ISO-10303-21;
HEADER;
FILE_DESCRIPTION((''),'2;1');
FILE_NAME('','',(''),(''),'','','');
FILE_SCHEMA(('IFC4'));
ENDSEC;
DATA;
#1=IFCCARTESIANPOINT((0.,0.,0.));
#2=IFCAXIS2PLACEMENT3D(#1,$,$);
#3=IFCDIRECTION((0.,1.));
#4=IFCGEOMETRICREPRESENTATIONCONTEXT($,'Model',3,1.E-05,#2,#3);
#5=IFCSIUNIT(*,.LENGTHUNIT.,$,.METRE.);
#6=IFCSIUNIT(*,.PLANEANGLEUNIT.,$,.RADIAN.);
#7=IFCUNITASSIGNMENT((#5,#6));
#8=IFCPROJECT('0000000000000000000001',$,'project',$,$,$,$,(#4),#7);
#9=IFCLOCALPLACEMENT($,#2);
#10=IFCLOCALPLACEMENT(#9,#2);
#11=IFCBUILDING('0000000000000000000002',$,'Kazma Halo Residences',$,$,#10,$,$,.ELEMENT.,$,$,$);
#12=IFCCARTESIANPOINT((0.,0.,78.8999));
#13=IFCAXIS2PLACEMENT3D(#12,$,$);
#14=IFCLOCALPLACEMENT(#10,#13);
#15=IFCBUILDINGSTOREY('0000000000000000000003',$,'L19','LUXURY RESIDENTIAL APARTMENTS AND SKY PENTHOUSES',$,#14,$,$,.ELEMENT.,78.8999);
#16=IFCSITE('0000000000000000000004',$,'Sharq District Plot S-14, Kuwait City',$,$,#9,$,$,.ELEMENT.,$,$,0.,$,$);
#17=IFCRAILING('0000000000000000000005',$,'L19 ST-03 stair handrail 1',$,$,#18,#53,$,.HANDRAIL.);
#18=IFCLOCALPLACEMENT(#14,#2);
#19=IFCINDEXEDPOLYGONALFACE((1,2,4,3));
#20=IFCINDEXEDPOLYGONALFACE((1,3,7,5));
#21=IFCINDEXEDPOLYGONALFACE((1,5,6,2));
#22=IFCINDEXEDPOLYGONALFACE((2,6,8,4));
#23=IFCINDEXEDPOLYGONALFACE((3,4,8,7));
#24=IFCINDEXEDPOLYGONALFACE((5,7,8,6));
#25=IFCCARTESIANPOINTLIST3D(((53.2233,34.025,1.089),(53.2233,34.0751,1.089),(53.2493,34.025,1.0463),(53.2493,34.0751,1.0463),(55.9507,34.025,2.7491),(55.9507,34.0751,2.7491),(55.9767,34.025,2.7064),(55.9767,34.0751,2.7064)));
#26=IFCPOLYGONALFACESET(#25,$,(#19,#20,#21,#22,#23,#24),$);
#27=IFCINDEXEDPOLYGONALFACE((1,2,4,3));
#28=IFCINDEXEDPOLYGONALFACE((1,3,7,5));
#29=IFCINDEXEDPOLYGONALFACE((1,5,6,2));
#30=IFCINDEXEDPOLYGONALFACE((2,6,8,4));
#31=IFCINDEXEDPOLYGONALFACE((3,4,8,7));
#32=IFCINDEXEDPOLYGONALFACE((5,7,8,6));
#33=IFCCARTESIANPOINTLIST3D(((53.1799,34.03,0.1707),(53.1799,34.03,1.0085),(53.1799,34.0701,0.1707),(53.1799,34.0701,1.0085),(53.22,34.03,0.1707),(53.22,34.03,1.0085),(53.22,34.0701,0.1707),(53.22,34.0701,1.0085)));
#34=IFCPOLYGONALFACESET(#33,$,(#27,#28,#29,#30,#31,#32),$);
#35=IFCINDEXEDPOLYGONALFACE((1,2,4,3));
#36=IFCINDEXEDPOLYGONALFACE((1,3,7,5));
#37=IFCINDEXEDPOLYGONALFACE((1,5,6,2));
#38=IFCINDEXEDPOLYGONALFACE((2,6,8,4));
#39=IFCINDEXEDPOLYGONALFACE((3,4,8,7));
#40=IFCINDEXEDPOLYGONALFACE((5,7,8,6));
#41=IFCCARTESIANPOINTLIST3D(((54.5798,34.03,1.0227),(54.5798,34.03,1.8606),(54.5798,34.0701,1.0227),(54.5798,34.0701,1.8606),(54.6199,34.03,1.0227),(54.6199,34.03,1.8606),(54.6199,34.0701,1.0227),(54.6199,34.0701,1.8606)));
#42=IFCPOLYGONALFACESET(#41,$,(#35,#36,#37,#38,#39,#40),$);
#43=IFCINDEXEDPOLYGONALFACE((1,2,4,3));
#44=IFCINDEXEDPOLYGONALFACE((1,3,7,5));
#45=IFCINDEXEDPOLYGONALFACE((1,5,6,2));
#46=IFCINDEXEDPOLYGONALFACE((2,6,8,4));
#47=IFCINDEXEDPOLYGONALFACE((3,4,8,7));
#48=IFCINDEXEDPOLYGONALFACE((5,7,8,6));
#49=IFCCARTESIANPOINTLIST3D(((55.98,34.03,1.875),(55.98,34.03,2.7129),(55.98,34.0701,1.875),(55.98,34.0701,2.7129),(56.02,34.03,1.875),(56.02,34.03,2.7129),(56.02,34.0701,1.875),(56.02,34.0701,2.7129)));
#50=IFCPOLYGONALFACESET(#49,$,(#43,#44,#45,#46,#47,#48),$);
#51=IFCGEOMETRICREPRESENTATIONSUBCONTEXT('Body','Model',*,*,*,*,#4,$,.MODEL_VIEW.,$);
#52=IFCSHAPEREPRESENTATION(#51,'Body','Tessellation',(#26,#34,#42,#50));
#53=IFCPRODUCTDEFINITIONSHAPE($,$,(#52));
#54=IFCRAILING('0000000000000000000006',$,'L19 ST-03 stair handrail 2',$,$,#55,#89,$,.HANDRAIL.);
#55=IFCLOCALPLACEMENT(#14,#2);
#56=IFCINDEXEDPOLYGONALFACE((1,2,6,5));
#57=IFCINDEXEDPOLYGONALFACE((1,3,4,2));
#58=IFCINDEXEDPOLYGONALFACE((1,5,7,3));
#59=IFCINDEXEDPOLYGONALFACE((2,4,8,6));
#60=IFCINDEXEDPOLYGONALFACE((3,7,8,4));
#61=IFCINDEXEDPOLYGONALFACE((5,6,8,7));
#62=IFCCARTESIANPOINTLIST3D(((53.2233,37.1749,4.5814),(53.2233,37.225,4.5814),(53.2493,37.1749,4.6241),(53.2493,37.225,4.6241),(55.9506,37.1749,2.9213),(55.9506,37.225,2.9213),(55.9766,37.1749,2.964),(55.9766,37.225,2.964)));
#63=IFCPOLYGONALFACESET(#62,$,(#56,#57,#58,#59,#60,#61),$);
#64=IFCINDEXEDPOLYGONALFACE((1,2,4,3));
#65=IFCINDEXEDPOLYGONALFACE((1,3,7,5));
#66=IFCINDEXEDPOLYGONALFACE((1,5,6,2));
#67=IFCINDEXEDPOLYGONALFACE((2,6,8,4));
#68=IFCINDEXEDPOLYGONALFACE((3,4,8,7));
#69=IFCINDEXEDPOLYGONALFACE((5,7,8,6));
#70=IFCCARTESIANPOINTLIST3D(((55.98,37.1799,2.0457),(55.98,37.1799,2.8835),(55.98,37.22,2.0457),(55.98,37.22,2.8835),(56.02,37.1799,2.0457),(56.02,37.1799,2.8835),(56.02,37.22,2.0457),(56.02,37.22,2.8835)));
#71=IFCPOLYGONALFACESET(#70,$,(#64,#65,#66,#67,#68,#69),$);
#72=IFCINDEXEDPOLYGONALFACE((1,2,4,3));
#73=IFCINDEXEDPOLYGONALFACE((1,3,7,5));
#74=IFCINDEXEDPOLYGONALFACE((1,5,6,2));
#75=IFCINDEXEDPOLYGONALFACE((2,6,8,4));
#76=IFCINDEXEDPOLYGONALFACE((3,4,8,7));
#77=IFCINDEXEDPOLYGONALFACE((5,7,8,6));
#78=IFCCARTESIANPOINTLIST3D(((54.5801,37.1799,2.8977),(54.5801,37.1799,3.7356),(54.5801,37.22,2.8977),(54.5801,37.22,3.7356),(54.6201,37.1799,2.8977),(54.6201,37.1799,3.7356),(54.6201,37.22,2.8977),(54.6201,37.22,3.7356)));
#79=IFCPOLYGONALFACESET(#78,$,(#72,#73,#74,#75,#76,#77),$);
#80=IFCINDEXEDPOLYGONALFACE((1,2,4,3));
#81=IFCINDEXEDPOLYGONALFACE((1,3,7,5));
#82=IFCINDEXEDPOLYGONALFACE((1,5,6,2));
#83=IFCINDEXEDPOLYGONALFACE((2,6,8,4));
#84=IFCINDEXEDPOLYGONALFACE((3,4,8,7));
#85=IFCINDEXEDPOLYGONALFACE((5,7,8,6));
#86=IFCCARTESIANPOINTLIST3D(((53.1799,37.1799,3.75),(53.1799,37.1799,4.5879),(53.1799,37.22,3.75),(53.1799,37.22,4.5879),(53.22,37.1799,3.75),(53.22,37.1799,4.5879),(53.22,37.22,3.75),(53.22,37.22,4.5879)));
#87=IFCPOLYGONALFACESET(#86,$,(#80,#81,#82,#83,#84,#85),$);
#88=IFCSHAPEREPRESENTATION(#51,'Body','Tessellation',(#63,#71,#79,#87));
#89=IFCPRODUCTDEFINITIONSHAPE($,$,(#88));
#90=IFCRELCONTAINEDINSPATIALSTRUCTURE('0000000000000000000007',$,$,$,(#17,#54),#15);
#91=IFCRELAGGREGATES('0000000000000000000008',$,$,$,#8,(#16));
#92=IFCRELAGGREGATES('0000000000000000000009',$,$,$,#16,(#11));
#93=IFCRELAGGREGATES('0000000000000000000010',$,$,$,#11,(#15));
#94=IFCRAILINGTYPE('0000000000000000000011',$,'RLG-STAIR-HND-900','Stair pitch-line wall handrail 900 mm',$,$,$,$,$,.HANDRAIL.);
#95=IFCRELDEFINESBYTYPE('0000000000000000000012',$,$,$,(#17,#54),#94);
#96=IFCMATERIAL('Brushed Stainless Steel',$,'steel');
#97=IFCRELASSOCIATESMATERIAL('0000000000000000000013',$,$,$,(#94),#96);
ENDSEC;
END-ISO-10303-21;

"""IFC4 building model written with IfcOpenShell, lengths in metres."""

from ifc_helpers import new_model, si_unit, direction, frame, origin, origin_2d, place, context, subcontext, project, spatial, rectangle, extrude, material, type_object, element, save


model = new_model("IFC4")

# Units and contexts
model_context = context("Model", 3, precision=1e-05, world=origin(), true_north=direction((0.0, 1.0)))
body_context = subcontext(model_context, "Body", "Model", "MODEL_VIEW")
ifc_project = project(units=[si_unit("LENGTHUNIT", "METRE"), si_unit("PLANEANGLEUNIT", "RADIAN")], contexts=[model_context])

# Site, building, storey
site_placement = place(None, origin())
site = spatial("IfcSite", under=ifc_project, at=site_placement, Name="Sharq District Plot S-14, Kuwait City", CompositionType="ELEMENT", RefElevation=0.0)
building_placement = place(site_placement, origin())
building = spatial("IfcBuilding", under=site, at=building_placement, Name="Kazma Halo Residences", CompositionType="ELEMENT")
storey_placement = place(building_placement, frame((0.0, 0.0, 78.8999)))
storey = spatial("IfcBuildingStorey", under=building, at=storey_placement, Name="L19", Description="LUXURY RESIDENTIAL APARTMENTS AND SKY PENTHOUSES", CompositionType="ELEMENT", Elevation=78.8999)

# Railings
ifc_material_1 = material(Name="Brushed Stainless Steel", Category="steel")
railing_type_1 = type_object("IfcRailingType", Name="RLG-STAIR-HND-900", Description="Stair pitch-line wall handrail 900 mm", PredefinedType="HANDRAIL", material=ifc_material_1)
railing_1_placement = place(storey_placement, frame((53.2, 34.05, 0.1707)))
element("IfcRailing", 1, at=railing_1_placement, inside=storey, type_object=railing_type_1, Name="L19 ST-03 stair handrail 1", PredefinedType="HANDRAIL", context=body_context, shape_type="SweptSolid", body=[
    extrude(rectangle(XDim=0.05, YDim=0.05, at=origin_2d()), frame((0.0364, 0.0, 0.897), z_axis=(0.854203, 0.0, 0.51994), x_axis=(0.0, 1.0, 0.0)), (0.0, 0.0, 1.0), 3.1929),
    extrude(rectangle(XDim=0.04, YDim=0.04, at=origin_2d()), origin(), (0.0, 0.0, 1.0), 0.8379),
    extrude(rectangle(XDim=0.04, YDim=0.04, at=origin_2d()), frame((1.3999, 0.0, 0.8521)), (0.0, 0.0, 1.0), 0.8379),
    extrude(rectangle(XDim=0.04, YDim=0.04, at=origin_2d()), frame((2.8, 0.0, 1.7043)), (0.0, 0.0, 1.0), 0.8379),
])
railing_2_placement = place(storey_placement, frame((56.0, 37.2, 2.0457)))
element("IfcRailing", 2, at=railing_2_placement, inside=storey, type_object=railing_type_1, Name="L19 ST-03 stair handrail 2", PredefinedType="HANDRAIL", context=body_context, shape_type="SweptSolid", body=[
    extrude(rectangle(XDim=0.05, YDim=0.05, at=origin_2d()), frame((-0.0364, 0.0, 0.897), z_axis=(-0.854203, 0.0, 0.51994), x_axis=(0.0, -1.0, 0.0)), (0.0, 0.0, 1.0), 3.1929),
    extrude(rectangle(XDim=0.04, YDim=0.04, at=origin_2d()), origin(), (0.0, 0.0, 1.0), 0.8379),
    extrude(rectangle(XDim=0.04, YDim=0.04, at=origin_2d()), frame((-1.3999, 0.0, 0.8521)), (0.0, 0.0, 1.0), 0.8379),
    extrude(rectangle(XDim=0.04, YDim=0.04, at=origin_2d()), frame((-2.8, 0.0, 1.7043)), (0.0, 0.0, 1.0), 0.8379),
])

save(model, "model.ifc")
